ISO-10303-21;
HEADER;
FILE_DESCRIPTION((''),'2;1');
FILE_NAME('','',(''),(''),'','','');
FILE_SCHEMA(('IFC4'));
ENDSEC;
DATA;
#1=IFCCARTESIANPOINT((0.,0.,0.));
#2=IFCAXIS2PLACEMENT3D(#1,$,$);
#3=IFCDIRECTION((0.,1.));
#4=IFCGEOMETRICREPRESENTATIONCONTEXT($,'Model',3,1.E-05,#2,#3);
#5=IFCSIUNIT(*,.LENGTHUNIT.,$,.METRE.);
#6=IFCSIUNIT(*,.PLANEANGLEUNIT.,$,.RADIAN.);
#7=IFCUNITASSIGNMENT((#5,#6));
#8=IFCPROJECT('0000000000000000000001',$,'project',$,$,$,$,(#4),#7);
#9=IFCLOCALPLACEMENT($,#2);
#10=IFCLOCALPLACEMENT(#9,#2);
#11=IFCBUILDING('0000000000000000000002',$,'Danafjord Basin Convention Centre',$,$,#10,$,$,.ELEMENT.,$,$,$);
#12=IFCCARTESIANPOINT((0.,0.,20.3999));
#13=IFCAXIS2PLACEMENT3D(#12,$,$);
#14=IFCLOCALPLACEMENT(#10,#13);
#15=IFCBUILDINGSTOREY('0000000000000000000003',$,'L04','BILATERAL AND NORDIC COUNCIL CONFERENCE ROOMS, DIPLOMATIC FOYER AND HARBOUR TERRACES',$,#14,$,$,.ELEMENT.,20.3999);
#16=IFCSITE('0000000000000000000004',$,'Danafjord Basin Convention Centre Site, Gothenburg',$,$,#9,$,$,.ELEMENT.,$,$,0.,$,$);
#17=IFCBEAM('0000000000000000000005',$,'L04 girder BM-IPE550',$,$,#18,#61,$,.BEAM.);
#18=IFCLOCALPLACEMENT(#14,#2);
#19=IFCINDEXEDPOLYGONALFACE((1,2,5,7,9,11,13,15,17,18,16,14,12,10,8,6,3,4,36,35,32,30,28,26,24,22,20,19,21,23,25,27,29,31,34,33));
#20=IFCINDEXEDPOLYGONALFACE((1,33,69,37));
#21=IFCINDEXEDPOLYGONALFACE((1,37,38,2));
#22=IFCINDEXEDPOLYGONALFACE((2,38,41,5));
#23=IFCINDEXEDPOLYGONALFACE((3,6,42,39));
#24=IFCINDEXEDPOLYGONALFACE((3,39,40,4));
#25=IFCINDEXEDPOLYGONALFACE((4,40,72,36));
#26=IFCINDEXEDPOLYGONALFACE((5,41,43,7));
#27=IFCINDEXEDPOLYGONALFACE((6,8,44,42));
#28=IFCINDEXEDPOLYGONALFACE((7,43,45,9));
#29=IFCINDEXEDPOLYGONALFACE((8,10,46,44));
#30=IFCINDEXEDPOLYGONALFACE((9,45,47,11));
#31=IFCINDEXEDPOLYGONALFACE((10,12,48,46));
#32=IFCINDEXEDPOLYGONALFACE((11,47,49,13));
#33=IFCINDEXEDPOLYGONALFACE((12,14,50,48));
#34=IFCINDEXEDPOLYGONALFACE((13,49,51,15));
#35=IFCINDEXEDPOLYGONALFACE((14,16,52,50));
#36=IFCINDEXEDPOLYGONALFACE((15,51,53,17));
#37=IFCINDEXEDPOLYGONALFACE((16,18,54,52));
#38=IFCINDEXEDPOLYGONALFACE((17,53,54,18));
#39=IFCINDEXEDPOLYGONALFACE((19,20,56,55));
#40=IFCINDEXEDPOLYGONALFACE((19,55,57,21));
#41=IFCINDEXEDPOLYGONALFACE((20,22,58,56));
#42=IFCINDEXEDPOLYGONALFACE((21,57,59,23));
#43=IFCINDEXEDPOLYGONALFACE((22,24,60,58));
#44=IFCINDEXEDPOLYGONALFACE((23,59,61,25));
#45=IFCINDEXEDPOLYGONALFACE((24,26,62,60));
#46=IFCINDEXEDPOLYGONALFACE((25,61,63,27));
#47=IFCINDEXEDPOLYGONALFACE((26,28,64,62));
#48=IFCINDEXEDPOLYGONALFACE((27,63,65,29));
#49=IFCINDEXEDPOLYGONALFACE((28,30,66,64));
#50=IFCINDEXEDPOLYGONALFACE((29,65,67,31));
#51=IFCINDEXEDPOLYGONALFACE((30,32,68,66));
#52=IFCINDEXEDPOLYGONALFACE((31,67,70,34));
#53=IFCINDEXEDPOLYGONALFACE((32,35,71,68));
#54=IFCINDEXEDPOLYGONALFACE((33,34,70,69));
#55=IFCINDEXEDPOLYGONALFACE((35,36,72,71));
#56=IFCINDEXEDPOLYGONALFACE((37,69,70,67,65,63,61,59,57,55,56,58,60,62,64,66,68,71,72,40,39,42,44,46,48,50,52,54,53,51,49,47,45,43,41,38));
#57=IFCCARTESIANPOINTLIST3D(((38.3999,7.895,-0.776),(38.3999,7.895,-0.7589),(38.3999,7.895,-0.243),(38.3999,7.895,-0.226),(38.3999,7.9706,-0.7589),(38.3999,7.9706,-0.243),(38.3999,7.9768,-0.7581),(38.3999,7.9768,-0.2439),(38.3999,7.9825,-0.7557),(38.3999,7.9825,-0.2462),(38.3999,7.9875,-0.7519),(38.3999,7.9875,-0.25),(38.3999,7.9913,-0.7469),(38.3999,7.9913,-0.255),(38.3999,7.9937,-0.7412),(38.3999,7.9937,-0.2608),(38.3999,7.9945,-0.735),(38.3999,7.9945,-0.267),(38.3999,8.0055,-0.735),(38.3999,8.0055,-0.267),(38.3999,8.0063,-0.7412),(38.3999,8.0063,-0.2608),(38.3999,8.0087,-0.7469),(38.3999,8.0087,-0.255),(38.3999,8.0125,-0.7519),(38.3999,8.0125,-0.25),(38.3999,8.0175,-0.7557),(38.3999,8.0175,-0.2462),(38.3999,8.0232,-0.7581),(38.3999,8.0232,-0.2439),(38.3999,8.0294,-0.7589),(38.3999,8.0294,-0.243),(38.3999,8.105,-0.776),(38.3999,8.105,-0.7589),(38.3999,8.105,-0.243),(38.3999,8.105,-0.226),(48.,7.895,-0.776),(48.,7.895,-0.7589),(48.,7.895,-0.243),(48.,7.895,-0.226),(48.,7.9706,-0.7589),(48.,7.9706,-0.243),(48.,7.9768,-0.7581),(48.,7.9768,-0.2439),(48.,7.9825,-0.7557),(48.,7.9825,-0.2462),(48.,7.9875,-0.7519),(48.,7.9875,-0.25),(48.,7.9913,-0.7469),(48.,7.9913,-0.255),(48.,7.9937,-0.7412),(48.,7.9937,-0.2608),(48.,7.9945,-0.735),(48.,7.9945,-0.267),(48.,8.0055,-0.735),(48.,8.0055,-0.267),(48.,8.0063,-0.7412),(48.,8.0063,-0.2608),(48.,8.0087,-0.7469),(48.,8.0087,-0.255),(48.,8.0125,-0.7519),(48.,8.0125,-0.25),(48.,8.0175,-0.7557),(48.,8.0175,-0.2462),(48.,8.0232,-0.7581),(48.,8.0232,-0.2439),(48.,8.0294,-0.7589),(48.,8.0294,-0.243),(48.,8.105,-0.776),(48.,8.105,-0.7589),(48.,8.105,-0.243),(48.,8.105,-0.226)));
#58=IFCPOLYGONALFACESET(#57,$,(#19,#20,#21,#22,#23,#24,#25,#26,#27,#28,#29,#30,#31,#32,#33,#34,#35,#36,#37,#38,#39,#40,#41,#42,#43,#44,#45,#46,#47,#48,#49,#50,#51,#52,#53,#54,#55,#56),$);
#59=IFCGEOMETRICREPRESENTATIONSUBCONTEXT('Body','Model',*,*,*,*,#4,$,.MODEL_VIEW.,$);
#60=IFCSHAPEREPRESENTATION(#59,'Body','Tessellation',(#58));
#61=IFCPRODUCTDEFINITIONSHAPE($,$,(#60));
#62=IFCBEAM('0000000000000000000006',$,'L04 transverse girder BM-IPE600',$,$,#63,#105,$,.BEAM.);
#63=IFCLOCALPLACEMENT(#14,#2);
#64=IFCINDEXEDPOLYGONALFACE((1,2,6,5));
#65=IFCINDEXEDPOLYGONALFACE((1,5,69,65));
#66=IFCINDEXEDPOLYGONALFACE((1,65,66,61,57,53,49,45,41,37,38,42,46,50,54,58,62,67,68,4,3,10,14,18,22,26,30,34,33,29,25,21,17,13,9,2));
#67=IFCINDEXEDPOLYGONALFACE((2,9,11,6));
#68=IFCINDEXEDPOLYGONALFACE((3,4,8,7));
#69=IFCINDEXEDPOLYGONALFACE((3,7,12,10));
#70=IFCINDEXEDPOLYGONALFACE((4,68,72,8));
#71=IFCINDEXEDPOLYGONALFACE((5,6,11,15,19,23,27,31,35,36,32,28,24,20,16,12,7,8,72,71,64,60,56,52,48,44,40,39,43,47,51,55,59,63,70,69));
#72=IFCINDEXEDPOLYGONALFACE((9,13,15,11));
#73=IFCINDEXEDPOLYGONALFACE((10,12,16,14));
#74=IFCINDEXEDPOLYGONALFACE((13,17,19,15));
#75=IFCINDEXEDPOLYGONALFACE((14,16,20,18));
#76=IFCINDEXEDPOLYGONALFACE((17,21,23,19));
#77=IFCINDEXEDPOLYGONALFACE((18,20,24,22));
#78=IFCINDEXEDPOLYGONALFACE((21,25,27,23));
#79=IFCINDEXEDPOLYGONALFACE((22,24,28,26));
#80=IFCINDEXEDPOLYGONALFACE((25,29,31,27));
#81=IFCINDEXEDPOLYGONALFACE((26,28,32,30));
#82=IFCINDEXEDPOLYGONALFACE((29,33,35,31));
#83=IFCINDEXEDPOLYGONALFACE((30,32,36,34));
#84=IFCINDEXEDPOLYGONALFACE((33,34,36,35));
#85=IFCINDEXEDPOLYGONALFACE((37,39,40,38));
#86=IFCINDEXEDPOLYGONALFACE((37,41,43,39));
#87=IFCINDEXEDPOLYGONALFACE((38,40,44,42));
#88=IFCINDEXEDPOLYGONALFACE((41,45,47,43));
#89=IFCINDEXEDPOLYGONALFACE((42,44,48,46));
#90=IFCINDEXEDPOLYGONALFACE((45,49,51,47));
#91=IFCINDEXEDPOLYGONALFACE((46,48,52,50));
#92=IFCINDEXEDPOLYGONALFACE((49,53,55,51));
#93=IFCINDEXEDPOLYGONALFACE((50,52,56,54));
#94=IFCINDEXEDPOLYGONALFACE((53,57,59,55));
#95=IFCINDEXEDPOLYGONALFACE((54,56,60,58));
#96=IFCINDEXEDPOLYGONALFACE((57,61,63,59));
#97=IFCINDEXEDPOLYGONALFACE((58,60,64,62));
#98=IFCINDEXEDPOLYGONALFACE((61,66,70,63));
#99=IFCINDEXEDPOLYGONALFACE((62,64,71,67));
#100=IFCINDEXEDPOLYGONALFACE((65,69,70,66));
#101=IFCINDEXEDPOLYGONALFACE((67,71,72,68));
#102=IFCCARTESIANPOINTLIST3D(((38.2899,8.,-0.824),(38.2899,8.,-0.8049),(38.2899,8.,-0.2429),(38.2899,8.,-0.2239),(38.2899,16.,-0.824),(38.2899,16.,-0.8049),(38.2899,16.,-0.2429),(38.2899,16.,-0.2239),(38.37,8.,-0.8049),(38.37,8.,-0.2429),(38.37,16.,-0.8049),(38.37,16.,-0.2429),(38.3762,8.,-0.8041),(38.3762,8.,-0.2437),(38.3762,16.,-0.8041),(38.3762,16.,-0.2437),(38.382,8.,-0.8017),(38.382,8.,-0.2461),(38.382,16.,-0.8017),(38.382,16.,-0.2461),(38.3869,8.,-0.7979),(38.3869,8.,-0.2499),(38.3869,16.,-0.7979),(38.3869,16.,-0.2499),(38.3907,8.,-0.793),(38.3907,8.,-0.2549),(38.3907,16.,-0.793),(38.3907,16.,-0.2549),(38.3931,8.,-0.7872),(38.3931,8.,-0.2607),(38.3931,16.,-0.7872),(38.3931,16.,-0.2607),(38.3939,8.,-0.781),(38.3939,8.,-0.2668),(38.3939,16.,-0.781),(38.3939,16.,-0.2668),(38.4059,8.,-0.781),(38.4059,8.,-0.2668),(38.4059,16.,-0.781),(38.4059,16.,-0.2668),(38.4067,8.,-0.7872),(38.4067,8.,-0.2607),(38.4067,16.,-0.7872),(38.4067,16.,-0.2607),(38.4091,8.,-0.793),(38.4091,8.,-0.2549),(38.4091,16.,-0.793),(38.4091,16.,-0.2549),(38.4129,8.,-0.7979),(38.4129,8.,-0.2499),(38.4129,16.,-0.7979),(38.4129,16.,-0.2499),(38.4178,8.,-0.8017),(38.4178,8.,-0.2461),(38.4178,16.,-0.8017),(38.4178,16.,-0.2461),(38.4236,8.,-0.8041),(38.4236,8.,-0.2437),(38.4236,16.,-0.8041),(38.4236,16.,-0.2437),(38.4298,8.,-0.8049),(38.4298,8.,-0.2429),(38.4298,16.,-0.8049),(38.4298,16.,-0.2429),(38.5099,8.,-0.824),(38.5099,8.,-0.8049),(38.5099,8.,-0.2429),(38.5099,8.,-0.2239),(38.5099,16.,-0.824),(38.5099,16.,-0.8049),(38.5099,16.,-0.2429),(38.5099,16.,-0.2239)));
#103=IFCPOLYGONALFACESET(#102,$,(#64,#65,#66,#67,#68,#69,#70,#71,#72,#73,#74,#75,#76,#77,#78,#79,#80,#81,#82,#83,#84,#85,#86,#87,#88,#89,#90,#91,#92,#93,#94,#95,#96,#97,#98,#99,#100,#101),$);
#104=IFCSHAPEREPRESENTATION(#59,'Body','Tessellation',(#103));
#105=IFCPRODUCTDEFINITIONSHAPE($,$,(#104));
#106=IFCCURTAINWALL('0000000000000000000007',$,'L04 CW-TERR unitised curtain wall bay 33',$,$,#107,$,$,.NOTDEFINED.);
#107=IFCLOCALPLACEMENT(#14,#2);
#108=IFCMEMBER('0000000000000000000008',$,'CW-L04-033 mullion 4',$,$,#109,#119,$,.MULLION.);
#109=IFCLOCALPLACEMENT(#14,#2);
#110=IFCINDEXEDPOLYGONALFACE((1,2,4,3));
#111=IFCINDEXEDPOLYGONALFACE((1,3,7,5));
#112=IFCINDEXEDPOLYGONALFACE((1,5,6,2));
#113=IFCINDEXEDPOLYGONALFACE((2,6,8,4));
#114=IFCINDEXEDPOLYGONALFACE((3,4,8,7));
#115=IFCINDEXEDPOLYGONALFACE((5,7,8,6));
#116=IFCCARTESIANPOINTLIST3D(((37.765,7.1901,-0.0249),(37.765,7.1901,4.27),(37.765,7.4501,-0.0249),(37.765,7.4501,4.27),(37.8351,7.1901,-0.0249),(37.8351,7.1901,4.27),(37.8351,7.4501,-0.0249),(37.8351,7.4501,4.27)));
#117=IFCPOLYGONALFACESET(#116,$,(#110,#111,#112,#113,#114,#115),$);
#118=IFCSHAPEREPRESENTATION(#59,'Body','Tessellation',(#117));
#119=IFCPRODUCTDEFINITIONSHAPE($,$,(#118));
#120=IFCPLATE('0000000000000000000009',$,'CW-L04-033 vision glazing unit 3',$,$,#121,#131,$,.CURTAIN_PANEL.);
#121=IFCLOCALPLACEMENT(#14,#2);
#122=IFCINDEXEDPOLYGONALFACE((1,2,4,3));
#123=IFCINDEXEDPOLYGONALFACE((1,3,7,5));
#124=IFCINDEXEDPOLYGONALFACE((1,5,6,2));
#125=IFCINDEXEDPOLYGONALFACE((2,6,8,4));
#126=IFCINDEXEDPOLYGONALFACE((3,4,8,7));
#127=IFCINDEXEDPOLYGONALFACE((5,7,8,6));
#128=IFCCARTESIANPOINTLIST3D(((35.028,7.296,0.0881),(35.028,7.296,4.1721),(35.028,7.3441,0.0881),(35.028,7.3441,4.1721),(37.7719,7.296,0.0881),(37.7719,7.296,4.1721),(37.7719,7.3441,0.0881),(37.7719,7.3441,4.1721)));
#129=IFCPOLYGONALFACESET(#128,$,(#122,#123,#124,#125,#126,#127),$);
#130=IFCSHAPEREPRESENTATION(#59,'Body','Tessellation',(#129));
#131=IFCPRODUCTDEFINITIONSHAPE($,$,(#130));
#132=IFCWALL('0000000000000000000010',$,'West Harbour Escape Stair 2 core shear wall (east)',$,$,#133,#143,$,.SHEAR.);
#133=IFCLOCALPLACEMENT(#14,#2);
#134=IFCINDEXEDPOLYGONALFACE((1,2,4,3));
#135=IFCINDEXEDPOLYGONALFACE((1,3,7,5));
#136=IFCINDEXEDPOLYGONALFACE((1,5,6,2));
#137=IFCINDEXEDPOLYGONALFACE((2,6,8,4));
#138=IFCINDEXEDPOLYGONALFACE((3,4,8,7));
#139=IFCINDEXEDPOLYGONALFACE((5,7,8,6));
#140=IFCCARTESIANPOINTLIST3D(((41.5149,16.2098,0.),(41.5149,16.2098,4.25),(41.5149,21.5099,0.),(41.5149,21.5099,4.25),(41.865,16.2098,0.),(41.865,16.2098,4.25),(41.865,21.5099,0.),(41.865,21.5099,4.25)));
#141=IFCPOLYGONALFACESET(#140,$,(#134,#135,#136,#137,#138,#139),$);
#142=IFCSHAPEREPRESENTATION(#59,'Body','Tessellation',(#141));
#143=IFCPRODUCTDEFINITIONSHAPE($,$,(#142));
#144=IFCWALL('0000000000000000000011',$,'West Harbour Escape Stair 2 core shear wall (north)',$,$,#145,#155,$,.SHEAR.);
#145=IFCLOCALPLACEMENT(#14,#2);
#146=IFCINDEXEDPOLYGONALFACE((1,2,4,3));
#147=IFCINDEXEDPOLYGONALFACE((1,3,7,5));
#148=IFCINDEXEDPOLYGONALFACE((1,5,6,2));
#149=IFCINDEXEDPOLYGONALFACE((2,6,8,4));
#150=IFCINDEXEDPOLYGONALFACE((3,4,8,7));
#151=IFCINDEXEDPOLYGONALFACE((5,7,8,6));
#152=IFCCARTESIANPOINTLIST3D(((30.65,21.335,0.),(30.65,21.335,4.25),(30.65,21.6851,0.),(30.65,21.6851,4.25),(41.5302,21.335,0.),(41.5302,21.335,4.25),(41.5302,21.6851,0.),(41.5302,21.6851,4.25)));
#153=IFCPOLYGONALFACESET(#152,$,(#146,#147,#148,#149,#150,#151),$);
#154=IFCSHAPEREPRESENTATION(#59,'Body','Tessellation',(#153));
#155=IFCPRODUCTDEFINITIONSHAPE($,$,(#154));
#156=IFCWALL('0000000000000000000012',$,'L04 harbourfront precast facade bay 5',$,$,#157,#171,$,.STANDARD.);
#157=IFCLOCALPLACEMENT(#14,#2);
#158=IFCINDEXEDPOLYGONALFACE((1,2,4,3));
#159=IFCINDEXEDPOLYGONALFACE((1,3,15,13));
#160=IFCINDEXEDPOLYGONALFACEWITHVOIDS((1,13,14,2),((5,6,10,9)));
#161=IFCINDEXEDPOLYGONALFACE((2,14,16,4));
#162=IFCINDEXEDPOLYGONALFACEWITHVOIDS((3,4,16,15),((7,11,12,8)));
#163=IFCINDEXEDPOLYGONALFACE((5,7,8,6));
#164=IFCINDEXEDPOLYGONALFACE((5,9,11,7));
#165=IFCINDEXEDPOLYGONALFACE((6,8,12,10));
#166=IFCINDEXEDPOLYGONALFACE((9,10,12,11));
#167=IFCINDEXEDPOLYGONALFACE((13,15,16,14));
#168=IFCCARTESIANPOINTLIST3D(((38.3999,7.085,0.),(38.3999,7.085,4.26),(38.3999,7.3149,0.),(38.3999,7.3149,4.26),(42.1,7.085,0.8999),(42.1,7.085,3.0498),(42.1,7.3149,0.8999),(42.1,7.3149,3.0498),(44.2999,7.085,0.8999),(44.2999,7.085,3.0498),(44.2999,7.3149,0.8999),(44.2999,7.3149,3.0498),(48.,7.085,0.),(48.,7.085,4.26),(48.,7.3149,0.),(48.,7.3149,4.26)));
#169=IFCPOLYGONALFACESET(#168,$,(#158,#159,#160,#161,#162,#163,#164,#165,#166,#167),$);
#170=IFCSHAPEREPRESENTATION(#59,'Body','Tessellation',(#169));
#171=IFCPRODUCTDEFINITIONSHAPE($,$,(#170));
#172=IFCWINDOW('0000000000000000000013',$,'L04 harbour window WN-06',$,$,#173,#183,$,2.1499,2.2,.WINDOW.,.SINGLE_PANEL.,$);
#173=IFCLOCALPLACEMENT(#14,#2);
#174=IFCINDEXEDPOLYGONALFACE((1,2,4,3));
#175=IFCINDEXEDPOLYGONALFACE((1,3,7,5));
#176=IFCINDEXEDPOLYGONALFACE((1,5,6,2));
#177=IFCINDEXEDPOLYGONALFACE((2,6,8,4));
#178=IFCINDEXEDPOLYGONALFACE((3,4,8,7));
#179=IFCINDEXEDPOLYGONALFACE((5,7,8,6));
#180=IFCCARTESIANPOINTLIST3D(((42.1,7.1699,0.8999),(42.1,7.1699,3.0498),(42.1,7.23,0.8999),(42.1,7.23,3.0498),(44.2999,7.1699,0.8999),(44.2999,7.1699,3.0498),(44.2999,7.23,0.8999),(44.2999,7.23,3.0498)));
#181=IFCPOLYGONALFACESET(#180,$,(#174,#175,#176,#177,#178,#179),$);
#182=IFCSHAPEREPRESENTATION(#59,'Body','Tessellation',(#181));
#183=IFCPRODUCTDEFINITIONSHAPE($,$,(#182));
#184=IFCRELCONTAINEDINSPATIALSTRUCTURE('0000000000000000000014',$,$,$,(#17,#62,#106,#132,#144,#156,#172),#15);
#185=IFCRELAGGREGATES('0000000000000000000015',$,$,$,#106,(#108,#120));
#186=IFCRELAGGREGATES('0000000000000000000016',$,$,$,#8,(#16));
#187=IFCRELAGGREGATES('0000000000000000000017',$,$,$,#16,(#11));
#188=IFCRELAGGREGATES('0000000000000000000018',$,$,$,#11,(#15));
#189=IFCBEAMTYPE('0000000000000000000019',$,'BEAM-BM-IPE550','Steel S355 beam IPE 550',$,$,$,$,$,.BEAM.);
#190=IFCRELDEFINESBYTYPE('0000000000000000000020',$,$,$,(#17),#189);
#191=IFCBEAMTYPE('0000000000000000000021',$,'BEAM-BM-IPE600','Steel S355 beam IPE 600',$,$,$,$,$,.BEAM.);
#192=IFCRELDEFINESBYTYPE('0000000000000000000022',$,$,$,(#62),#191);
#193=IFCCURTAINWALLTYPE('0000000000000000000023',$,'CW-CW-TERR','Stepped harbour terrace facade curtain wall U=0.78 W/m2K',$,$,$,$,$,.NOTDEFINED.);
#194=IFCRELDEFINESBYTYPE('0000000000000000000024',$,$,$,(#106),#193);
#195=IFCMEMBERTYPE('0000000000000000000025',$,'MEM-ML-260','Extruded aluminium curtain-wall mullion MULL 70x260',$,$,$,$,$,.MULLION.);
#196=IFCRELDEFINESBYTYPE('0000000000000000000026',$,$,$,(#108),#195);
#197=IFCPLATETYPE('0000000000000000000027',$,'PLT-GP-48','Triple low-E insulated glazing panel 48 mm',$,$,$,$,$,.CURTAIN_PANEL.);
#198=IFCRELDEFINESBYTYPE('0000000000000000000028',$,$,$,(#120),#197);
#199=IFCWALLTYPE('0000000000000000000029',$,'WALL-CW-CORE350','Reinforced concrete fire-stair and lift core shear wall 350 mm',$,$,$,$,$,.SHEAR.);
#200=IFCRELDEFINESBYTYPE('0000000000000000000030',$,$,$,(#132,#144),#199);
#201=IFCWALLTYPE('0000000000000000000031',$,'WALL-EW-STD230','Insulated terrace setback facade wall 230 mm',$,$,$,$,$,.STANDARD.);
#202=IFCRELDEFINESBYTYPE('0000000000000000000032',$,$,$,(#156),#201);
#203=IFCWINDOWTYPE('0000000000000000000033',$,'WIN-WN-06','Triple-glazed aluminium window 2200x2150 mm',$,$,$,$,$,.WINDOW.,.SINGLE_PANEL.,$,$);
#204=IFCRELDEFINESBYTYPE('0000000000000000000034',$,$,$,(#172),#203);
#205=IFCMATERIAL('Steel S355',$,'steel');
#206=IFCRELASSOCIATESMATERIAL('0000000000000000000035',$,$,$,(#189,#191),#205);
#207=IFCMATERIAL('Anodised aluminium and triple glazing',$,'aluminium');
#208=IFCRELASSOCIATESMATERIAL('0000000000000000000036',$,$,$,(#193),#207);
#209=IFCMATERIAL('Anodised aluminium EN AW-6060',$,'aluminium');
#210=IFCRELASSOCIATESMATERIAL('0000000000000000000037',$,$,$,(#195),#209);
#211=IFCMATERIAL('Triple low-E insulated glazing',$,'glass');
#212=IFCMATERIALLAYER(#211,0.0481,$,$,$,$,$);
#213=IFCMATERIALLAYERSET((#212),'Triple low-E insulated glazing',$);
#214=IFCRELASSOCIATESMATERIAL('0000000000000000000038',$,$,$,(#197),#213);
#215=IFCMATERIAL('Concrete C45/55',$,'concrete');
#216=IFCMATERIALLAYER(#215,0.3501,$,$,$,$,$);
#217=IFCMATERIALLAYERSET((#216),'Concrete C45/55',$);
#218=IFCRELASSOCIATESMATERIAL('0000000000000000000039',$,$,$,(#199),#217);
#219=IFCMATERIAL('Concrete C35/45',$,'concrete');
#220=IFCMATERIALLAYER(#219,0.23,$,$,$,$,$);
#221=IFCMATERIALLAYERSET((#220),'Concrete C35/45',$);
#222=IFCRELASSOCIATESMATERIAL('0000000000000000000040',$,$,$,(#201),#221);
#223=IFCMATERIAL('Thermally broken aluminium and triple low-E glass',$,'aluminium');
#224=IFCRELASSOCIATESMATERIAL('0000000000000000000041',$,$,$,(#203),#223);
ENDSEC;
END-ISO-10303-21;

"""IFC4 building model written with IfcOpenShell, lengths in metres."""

from ifc_helpers import new_model, si_unit, direction, frame, frame_2d, origin, origin_2d, place, context, subcontext, project, spatial, rectangle, i_section, extrude, material, layer, layer_set, material_profile, profile_set, type_object, element, fill, aggregate, save


model = new_model("IFC4")

# Units and contexts
model_context = context("Model", 3, precision=1e-05, world=origin(), true_north=direction((0.0, 1.0)))
body_context = subcontext(model_context, "Body", "Model", "MODEL_VIEW")
ifc_project = project(units=[si_unit("LENGTHUNIT", "METRE"), si_unit("PLANEANGLEUNIT", "RADIAN")], contexts=[model_context])

# Site, building, storey
site_placement = place(None, origin())
site = spatial("IfcSite", under=ifc_project, at=site_placement, Name="Danafjord Basin Convention Centre Site, Gothenburg", CompositionType="ELEMENT", RefElevation=0.0)
building_placement = place(site_placement, origin())
building = spatial("IfcBuilding", under=site, at=building_placement, Name="Danafjord Basin Convention Centre", CompositionType="ELEMENT")
storey_placement = place(building_placement, frame((0.0, 0.0, 20.3999)))
storey = spatial("IfcBuildingStorey", under=building, at=storey_placement, Name="L04", Description="BILATERAL AND NORDIC COUNCIL CONFERENCE ROOMS, DIPLOMATIC FOYER AND HARBOUR TERRACES", CompositionType="ELEMENT", Elevation=20.3999)

# Shared definitions
ifc_material_1 = material(Name="Steel S355", Category="steel")

# Beams
ifc_material_profile_1 = material_profile(ifc_material_1, i_section(OverallWidth=0.21, OverallDepth=0.55, WebThickness=0.011, FlangeThickness=0.0171, FilletRadius=0.0239, at=origin_2d()), Name="IPE 550")
ifc_profile_set_1 = profile_set([ifc_material_profile_1], Name="Steel S355")
beam_type_1 = type_object("IfcBeamType", Name="BEAM-BM-IPE550", Description="Steel S355 beam IPE 550", PredefinedType="BEAM", material=ifc_profile_set_1)
beam_1_placement = place(storey_placement, frame((38.3999, 8.0, -0.501), z_axis=(1.0, 0.0, 0.0), x_axis=(0.0, 1.0, 0.0)))
element("IfcBeam", 1, at=beam_1_placement, inside=storey, type_object=beam_type_1, Name="L04 girder BM-IPE550", PredefinedType="BEAM", context=body_context, shape_type="SweptSolid", body=[
    extrude(i_section(OverallWidth=0.21, OverallDepth=0.55, WebThickness=0.011, FlangeThickness=0.0171, FilletRadius=0.0239, at=origin_2d()), origin(), (0.0, 0.0, 1.0), 9.6001),
])
ifc_material_profile_2 = material_profile(ifc_material_1, i_section(OverallWidth=0.22, OverallDepth=0.6001, WebThickness=0.012, FlangeThickness=0.019, FilletRadius=0.0239, at=origin_2d()), Name="IPE 600")
ifc_profile_set_2 = profile_set([ifc_material_profile_2], Name="Steel S355")
beam_type_2 = type_object("IfcBeamType", Name="BEAM-BM-IPE600", Description="Steel S355 beam IPE 600", PredefinedType="BEAM", material=ifc_profile_set_2)
beam_2_placement = place(storey_placement, frame((38.3999, 8.0, -0.5239), z_axis=(0.0, 1.0, 0.0), x_axis=(-1.0, 0.0, 0.0)))
element("IfcBeam", 2, at=beam_2_placement, inside=storey, type_object=beam_type_2, Name="L04 transverse girder BM-IPE600", PredefinedType="BEAM", context=body_context, shape_type="SweptSolid", body=[
    extrude(i_section(OverallWidth=0.22, OverallDepth=0.6001, WebThickness=0.012, FlangeThickness=0.019, FilletRadius=0.0239, at=origin_2d()), origin(), (0.0, 0.0, 1.0), 8.0),
])

# Curtain wall, member, plate
ifc_material_2 = material(Name="Anodised aluminium and triple glazing", Category="aluminium")
curtain_wall_type = type_object("IfcCurtainWallType", Name="CW-CW-TERR", Description="Stepped harbour terrace facade curtain wall U=0.78 W/m2K", PredefinedType="NOTDEFINED", material=ifc_material_2)
curtain_wall_placement = place(storey_placement, origin())
curtain_wall = element("IfcCurtainWall", 3, at=curtain_wall_placement, inside=storey, type_object=curtain_wall_type, Name="L04 CW-TERR unitised curtain wall bay 33", PredefinedType="NOTDEFINED")
ifc_material_3 = material(Name="Anodised aluminium EN AW-6060", Category="aluminium")
ifc_material_profile_3 = material_profile(ifc_material_3, rectangle(XDim=0.0701, YDim=0.26, at=origin_2d()), Name="MULL 70x260")
ifc_profile_set_3 = profile_set([ifc_material_profile_3], Name="Anodised aluminium EN AW-6060")
member_type = type_object("IfcMemberType", Name="MEM-ML-260", Description="Extruded aluminium curtain-wall mullion MULL 70x260", PredefinedType="MULLION", material=ifc_profile_set_3)
member_placement = place(storey_placement, frame((37.8, 7.3201, -0.0249), z_axis=(0.0, 0.0, 1.0), x_axis=(1.0, 0.0, 0.0)))
member = element("IfcMember", 4, at=member_placement, type_object=member_type, Name="CW-L04-033 mullion 4", PredefinedType="MULLION", context=body_context, shape_type="SweptSolid", body=[
    extrude(rectangle(XDim=0.0701, YDim=0.26, at=origin_2d()), origin(), (0.0, 0.0, 1.0), 4.2949),
])
ifc_material_4 = material(Name="Triple low-E insulated glazing", Category="glass")
ifc_layer_1 = layer(ifc_material_4, 0.0481)
ifc_layer_set_1 = layer_set([ifc_layer_1], Name="Triple low-E insulated glazing")
plate_type = type_object("IfcPlateType", Name="PLT-GP-48", Description="Triple low-E insulated glazing panel 48 mm", PredefinedType="CURTAIN_PANEL", material=ifc_layer_set_1)
plate_placement = place(storey_placement, frame((36.3999, 7.3201, 0.0881), z_axis=(0.0, 0.0, 1.0), x_axis=(1.0, 0.0, 0.0)))
plate = element("IfcPlate", 5, at=plate_placement, type_object=plate_type, Name="CW-L04-033 vision glazing unit 3", PredefinedType="CURTAIN_PANEL", context=body_context, shape_type="SweptSolid", body=[
    extrude(rectangle(XDim=2.7439, YDim=0.0481, at=origin_2d()), origin(), (0.0, 0.0, 1.0), 4.084),
])
aggregate(curtain_wall, [member, plate])

# Walls
ifc_material_5 = material(Name="Concrete C45/55", Category="concrete")
ifc_layer_2 = layer(ifc_material_5, 0.3501)
ifc_layer_set_2 = layer_set([ifc_layer_2], Name="Concrete C45/55")
wall_type_1 = type_object("IfcWallType", Name="WALL-CW-CORE350", Description="Reinforced concrete fire-stair and lift core shear wall 350 mm", PredefinedType="SHEAR", material=ifc_layer_set_2)
wall_1_placement = place(storey_placement, frame((41.6899, 16.21, 0.0), z_axis=(0.0, 0.0, 1.0), x_axis=(0.0, 1.0, 0.0)))
element("IfcWall", 6, at=wall_1_placement, inside=storey, type_object=wall_type_1, Name="West Harbour Escape Stair 2 core shear wall (east)", PredefinedType="SHEAR", context=body_context, shape_type="SweptSolid", body=[
    extrude(rectangle(XDim=5.3, YDim=0.3501, at=frame_2d((2.6499, 0.0))), origin(), (0.0, 0.0, 1.0), 4.25),
])
wall_2_placement = place(storey_placement, frame((41.53, 21.51, 0.0), z_axis=(0.0, 0.0, 1.0), x_axis=(-1.0, 0.0, 0.0)))
element("IfcWall", 7, at=wall_2_placement, inside=storey, type_object=wall_type_1, Name="West Harbour Escape Stair 2 core shear wall (north)", PredefinedType="SHEAR", context=body_context, shape_type="SweptSolid", body=[
    extrude(rectangle(XDim=10.8801, YDim=0.3501, at=frame_2d((5.4399, 0.0))), origin(), (0.0, 0.0, 1.0), 4.25),
])

# Wall, opening, window
ifc_material_6 = material(Name="Concrete C35/45", Category="concrete")
ifc_layer_3 = layer(ifc_material_6, 0.23)
ifc_layer_set_3 = layer_set([ifc_layer_3], Name="Concrete C35/45")
wall_type_2 = type_object("IfcWallType", Name="WALL-EW-STD230", Description="Insulated terrace setback facade wall 230 mm", PredefinedType="STANDARD", material=ifc_layer_set_3)
wall_3_placement = place(storey_placement, frame((38.3999, 7.2, 0.0), z_axis=(0.0, 0.0, 1.0), x_axis=(1.0, 0.0, 0.0)))
wall_3 = element("IfcWall", 8, at=wall_3_placement, inside=storey, type_object=wall_type_2, Name="L04 harbourfront precast facade bay 5", PredefinedType="STANDARD", context=body_context, shape_type="SweptSolid", body=[
    extrude(rectangle(XDim=9.6001, YDim=0.23, at=frame_2d((4.8, 0.0))), origin(), (0.0, 0.0, 1.0), 4.26),
])
opening_placement = place(wall_3_placement, frame((3.7, 0.0, 0.8999)))
opening = element("IfcOpeningElement", 9, at=opening_placement, cuts=wall_3, PredefinedType="OPENING", context=body_context, shape_type="SweptSolid", body=[
    extrude(rectangle(XDim=2.2, YDim=2.1499, at=frame_2d((1.1001, 1.075))), frame((0.0, 0.125, 0.0), z_axis=(0.0, -1.0, 0.0), x_axis=(1.0, 0.0, 0.0)), (0.0, 0.0, 1.0), 0.25),
])
ifc_material_7 = material(Name="Thermally broken aluminium and triple low-E glass", Category="aluminium")
window_type = type_object("IfcWindowType", Name="WIN-WN-06", Description="Triple-glazed aluminium window 2200x2150 mm", PartitioningType="SINGLE_PANEL", PredefinedType="WINDOW", material=ifc_material_7)
window_placement = place(opening_placement, origin())
window = element("IfcWindow", 10, at=window_placement, inside=storey, type_object=window_type, Name="L04 harbour window WN-06", OverallHeight=2.1499, OverallWidth=2.2, PartitioningType="SINGLE_PANEL", PredefinedType="WINDOW", context=body_context, shape_type="SweptSolid", body=[
    extrude(rectangle(XDim=2.2, YDim=2.1499, at=frame_2d((1.1001, 1.075))), frame((0.0, 0.03, 0.0), z_axis=(0.0, -1.0, 0.0), x_axis=(1.0, 0.0, 0.0)), (0.0, 0.0, 1.0), 0.0601),
])
fill(opening, window)

save(model, "model.ifc")
